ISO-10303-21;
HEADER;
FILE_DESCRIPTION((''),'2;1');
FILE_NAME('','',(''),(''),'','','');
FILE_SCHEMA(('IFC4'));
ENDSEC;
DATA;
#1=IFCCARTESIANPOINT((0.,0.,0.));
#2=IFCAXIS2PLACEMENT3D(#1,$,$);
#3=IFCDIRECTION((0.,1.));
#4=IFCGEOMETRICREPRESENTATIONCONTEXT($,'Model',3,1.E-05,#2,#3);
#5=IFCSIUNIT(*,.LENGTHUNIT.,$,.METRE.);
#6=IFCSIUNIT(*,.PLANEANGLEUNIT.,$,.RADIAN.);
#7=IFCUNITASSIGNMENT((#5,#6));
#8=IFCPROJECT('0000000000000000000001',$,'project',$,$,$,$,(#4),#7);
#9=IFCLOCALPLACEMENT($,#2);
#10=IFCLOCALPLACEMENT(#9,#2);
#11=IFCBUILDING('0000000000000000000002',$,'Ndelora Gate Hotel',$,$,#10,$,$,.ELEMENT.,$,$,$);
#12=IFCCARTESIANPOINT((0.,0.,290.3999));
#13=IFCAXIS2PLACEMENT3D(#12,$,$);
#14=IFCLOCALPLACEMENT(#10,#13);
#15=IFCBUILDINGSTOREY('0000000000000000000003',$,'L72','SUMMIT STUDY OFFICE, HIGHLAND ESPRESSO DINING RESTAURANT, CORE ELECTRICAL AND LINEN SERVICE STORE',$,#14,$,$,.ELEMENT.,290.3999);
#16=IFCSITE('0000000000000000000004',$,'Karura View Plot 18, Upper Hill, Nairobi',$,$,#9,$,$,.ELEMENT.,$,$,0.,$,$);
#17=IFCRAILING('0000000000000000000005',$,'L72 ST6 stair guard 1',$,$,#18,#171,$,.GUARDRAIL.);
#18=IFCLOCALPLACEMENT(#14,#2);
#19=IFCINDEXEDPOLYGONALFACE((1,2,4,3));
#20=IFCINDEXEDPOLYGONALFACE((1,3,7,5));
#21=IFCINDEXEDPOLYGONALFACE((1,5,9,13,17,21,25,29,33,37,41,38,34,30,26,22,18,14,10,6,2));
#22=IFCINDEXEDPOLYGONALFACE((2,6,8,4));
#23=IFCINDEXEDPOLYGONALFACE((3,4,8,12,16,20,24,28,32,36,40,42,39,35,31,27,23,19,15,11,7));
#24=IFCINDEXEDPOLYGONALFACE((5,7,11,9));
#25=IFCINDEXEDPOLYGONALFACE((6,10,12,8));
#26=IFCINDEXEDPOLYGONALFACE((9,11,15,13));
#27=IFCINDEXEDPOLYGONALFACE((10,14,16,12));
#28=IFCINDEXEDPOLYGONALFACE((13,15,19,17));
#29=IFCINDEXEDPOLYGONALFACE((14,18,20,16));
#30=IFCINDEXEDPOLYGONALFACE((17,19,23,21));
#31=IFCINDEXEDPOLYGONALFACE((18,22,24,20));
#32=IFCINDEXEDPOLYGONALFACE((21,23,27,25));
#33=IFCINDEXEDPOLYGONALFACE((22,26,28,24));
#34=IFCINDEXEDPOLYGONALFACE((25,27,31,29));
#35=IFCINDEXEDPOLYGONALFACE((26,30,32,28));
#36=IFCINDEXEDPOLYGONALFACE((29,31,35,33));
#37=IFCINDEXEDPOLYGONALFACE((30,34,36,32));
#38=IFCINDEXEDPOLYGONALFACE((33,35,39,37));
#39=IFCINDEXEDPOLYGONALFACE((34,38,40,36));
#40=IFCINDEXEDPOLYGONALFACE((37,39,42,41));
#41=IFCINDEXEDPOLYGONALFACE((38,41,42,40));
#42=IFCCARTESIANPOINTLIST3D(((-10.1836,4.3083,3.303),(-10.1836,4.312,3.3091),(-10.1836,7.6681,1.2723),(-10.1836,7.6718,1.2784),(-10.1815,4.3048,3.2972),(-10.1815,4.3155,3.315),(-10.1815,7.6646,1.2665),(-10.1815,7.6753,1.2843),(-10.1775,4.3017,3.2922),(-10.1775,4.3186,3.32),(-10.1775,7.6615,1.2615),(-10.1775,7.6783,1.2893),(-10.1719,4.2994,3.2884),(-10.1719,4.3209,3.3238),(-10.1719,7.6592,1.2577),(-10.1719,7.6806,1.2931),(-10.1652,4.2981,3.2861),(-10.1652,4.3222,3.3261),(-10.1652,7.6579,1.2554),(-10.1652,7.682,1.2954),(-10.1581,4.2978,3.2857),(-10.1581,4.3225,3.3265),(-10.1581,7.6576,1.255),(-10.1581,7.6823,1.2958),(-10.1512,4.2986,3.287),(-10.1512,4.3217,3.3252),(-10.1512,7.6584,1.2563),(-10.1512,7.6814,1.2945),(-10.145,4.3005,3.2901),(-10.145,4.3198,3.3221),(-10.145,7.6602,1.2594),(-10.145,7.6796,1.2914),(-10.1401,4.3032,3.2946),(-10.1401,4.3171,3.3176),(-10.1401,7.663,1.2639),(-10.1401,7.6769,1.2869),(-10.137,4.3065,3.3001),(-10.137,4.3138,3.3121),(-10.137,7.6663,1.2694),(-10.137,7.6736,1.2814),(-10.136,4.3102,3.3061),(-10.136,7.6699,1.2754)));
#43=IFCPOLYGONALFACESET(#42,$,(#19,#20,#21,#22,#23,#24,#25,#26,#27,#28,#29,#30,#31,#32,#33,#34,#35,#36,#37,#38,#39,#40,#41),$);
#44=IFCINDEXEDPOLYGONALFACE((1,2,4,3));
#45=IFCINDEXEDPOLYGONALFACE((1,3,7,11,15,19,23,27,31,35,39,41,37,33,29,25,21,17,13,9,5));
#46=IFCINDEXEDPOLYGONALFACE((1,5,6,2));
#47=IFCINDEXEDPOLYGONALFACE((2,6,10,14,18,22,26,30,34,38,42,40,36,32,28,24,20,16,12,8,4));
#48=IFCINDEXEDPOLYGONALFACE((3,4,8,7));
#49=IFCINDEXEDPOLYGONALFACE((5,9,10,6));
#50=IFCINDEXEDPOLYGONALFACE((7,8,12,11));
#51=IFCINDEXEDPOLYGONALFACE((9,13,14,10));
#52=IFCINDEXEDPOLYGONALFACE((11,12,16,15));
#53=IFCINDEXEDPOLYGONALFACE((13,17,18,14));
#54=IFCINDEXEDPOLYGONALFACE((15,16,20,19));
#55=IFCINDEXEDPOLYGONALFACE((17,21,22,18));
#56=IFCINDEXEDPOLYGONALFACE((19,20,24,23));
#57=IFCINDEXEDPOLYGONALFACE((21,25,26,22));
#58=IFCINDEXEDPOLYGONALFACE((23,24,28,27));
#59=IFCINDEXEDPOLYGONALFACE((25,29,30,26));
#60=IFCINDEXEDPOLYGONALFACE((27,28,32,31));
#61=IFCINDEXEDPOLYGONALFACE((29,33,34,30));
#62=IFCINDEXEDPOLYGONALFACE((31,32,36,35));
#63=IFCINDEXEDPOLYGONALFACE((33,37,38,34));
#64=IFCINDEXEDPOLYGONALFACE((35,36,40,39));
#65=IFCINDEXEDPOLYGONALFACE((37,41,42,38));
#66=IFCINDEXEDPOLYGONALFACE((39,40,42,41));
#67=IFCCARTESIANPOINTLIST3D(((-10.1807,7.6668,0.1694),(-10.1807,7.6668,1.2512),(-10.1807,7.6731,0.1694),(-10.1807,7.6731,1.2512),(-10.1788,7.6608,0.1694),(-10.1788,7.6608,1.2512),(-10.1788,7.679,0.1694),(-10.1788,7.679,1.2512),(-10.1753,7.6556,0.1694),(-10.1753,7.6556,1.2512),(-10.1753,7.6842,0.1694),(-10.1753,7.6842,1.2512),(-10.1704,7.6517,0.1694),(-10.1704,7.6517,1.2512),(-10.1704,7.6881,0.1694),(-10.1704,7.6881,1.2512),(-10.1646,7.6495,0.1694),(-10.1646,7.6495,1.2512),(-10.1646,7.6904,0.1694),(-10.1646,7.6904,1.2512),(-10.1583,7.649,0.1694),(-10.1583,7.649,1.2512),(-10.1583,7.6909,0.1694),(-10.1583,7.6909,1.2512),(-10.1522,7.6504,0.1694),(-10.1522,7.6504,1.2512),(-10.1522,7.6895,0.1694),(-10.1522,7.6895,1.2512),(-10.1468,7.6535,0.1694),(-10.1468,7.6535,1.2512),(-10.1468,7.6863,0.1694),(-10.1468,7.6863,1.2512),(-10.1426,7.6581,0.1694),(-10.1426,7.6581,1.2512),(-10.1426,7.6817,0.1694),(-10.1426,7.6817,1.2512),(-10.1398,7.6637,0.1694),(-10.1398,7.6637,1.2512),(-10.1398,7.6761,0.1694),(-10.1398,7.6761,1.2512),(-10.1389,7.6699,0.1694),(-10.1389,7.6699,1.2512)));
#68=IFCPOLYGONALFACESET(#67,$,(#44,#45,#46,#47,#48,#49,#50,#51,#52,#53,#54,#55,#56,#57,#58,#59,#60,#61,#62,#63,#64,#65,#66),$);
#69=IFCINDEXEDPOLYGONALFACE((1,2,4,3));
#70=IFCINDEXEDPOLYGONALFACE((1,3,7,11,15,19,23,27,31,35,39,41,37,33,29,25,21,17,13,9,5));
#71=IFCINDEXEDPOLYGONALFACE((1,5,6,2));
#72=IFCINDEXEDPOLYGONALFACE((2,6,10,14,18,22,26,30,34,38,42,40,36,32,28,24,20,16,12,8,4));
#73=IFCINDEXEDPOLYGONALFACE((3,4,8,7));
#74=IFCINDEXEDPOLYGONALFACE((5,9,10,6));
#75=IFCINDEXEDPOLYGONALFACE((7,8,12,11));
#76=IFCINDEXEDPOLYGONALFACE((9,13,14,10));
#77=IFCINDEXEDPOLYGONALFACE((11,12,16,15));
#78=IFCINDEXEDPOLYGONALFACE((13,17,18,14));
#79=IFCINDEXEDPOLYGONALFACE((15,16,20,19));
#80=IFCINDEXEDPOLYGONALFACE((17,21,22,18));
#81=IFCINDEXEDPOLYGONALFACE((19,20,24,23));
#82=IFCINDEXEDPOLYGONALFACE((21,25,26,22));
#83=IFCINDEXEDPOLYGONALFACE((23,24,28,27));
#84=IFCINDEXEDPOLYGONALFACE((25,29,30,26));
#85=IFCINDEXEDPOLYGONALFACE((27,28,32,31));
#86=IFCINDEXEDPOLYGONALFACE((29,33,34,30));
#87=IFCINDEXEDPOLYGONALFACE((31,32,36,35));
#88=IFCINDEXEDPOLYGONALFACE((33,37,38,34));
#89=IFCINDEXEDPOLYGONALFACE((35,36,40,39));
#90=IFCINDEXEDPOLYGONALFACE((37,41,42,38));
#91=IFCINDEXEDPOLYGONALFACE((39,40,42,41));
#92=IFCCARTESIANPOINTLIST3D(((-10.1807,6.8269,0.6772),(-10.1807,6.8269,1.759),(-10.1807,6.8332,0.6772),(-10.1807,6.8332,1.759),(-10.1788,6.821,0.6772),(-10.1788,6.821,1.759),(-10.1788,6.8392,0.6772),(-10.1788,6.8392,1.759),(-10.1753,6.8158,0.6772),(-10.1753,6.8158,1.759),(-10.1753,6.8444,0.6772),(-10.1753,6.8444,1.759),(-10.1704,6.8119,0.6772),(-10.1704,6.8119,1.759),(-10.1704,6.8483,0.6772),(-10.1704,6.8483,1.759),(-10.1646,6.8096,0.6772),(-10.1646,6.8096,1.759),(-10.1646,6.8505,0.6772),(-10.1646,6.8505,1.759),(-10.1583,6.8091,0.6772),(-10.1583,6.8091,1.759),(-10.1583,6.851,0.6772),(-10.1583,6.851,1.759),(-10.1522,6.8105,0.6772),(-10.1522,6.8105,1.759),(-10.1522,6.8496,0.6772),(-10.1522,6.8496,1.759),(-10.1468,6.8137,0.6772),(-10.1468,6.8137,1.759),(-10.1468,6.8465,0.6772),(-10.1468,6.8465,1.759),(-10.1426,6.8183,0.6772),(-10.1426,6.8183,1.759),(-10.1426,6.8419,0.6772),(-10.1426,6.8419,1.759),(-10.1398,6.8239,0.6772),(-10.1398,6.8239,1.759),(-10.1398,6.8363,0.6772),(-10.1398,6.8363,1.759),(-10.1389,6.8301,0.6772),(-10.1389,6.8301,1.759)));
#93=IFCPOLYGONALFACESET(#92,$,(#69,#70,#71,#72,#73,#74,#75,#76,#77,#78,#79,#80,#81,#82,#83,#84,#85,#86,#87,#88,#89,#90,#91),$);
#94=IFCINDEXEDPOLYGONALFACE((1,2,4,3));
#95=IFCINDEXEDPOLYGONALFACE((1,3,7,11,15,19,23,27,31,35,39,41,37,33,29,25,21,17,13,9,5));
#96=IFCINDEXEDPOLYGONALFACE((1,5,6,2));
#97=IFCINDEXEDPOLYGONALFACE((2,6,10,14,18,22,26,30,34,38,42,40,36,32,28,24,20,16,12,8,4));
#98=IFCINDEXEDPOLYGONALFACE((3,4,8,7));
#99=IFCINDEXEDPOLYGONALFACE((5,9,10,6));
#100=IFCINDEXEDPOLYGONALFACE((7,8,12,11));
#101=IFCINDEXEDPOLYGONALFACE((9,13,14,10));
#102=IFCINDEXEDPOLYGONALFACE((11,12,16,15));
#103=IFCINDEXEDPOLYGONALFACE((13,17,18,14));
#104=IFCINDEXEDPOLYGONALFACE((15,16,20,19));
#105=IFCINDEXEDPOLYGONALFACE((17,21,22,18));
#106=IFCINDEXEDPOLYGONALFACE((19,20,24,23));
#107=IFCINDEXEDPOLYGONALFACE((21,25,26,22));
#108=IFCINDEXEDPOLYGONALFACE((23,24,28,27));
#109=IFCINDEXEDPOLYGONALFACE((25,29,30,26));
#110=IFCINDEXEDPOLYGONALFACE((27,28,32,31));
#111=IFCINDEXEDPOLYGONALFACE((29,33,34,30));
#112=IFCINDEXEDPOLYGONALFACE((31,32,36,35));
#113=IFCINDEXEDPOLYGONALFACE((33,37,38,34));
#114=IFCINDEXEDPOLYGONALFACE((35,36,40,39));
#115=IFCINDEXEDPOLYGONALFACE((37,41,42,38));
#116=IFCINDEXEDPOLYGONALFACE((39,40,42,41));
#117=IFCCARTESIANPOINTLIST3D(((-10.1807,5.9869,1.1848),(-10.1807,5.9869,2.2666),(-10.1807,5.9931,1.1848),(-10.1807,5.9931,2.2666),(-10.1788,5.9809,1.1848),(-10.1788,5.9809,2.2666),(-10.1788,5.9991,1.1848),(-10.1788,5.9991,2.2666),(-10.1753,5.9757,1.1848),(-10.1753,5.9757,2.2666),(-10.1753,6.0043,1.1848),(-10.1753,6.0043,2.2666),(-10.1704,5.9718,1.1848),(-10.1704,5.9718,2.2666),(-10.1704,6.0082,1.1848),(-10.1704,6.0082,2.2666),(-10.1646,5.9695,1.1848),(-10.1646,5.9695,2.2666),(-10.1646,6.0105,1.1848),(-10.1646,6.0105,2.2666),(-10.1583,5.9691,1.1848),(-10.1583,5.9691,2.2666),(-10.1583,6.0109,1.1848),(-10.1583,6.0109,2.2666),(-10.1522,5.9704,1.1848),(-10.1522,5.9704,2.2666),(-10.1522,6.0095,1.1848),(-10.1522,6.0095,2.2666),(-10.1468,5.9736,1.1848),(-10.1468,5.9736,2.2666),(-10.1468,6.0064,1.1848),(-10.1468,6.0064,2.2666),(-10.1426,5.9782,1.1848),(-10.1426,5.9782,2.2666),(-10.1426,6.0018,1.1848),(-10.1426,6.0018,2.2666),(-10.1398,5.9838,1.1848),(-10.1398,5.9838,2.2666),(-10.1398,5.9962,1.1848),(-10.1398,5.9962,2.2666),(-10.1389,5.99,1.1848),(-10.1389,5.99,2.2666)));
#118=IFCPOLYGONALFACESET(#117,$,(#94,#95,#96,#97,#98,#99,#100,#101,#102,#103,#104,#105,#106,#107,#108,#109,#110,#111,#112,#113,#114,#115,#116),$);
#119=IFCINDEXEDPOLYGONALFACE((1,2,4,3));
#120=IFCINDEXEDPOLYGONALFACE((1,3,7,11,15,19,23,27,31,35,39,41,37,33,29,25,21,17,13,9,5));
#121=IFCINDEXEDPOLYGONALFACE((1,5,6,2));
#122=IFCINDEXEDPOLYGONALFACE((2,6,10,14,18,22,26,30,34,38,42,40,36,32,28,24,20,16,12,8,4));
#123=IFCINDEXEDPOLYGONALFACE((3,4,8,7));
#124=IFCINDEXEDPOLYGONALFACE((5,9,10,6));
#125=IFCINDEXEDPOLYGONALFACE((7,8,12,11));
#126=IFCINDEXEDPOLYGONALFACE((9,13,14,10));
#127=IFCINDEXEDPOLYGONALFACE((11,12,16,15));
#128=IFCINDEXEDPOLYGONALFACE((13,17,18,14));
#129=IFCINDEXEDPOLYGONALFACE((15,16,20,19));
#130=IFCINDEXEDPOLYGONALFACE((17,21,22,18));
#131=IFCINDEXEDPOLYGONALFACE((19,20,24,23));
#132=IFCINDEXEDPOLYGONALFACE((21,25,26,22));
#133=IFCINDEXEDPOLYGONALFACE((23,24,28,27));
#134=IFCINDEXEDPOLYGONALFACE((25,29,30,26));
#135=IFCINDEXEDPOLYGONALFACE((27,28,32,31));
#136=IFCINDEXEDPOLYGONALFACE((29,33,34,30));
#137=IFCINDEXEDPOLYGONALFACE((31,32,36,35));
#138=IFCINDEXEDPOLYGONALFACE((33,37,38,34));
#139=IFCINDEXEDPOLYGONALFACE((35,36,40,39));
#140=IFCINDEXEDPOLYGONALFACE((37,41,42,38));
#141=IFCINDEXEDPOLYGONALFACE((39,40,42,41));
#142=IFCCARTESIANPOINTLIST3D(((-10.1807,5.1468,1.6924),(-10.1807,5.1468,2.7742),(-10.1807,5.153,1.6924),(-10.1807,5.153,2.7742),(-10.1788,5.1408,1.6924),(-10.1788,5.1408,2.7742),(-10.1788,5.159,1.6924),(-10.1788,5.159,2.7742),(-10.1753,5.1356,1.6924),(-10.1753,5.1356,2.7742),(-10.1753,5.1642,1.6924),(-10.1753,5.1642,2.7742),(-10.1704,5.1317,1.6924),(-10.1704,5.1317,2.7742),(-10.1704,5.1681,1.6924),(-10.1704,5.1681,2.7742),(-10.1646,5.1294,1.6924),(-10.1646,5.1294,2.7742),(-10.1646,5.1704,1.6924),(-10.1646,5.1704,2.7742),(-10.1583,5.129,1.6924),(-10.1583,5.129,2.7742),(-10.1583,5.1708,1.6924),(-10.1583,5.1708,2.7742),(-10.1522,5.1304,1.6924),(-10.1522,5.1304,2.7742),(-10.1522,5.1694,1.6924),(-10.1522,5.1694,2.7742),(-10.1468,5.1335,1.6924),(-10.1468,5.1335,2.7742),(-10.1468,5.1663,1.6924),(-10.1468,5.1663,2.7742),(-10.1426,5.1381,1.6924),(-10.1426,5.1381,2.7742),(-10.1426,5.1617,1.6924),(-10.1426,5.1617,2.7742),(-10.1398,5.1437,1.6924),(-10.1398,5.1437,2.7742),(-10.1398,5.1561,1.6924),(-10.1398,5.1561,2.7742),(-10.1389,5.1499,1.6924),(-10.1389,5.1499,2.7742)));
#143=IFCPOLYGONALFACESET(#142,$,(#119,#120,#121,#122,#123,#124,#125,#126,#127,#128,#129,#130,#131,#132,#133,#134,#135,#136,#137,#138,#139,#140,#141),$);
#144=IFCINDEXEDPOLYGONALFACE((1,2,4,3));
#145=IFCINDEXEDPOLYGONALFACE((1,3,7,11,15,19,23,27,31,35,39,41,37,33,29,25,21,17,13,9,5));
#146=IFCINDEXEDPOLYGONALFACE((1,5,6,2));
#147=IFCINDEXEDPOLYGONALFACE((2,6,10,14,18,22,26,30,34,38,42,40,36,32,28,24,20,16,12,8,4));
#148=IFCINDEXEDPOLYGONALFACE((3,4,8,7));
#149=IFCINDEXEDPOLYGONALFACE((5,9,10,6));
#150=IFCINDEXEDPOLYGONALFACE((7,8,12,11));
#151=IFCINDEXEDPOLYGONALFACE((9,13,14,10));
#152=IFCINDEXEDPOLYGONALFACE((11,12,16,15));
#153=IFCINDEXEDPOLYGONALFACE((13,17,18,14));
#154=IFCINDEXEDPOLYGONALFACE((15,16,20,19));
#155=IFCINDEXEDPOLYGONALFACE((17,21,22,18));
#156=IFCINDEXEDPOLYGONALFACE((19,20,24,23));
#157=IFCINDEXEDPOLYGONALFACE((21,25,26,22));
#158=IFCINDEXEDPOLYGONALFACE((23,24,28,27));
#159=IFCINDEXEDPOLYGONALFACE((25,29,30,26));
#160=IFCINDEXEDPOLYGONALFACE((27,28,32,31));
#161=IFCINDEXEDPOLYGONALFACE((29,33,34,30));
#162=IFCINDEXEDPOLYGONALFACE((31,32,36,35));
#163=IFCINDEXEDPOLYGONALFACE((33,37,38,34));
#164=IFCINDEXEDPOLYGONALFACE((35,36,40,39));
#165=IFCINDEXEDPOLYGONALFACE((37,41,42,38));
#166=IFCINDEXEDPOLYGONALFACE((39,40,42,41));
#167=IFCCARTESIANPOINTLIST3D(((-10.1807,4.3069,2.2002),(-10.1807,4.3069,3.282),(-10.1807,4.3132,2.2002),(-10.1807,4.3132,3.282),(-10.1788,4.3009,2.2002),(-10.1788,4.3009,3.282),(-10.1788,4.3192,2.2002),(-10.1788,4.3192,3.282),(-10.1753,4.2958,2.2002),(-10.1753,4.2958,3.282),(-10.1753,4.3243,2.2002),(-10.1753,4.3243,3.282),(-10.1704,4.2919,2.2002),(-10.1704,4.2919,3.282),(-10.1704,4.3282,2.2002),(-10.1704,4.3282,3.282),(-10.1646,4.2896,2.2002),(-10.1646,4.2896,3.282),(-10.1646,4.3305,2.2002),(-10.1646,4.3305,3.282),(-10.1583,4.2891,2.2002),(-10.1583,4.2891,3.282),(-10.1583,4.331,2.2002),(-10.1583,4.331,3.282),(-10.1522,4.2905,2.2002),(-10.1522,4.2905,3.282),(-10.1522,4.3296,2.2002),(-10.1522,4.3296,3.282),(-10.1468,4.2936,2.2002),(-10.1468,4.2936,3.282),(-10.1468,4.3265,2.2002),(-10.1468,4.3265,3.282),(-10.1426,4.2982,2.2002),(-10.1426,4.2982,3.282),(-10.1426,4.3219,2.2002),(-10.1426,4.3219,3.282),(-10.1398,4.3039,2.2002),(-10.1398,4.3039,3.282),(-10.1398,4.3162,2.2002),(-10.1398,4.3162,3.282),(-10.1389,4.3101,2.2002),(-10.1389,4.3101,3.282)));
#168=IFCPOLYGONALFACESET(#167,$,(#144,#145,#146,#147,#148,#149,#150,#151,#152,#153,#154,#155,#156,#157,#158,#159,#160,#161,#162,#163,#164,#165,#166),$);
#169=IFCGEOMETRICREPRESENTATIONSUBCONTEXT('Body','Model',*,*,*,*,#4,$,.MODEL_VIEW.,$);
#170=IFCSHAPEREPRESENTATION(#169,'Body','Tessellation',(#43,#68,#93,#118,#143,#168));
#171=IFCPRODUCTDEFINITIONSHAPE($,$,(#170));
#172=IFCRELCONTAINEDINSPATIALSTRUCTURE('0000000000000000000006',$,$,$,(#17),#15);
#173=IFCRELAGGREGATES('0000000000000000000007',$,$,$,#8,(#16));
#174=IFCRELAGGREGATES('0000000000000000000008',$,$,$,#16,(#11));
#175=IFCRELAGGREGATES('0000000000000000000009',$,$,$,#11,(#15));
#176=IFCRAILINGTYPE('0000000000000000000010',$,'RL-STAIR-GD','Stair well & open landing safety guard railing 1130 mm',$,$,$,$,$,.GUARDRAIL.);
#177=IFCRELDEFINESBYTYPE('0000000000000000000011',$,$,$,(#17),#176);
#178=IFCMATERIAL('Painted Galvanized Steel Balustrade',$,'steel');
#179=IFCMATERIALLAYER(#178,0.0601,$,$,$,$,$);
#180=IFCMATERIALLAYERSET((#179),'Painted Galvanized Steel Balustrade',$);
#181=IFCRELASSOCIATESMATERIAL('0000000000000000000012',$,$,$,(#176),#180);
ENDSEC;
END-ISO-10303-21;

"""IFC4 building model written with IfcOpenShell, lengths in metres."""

from ifc_helpers import new_model, si_unit, direction, frame, origin, origin_2d, place, context, subcontext, project, spatial, circle, extrude, material, layer, layer_set, type_object, element, save


model = new_model("IFC4")

# Units and contexts
model_context = context("Model", 3, precision=1e-05, world=origin(), true_north=direction((0.0, 1.0)))
body_context = subcontext(model_context, "Body", "Model", "MODEL_VIEW")
ifc_project = project(units=[si_unit("LENGTHUNIT", "METRE"), si_unit("PLANEANGLEUNIT", "RADIAN")], contexts=[model_context])

# Site, building, storey
site_placement = place(None, origin())
site = spatial("IfcSite", under=ifc_project, at=site_placement, Name="Karura View Plot 18, Upper Hill, Nairobi", CompositionType="ELEMENT", RefElevation=0.0)
building_placement = place(site_placement, origin())
building = spatial("IfcBuilding", under=site, at=building_placement, Name="Ndelora Gate Hotel", CompositionType="ELEMENT")
storey_placement = place(building_placement, frame((0.0, 0.0, 290.3999)))
storey = spatial("IfcBuildingStorey", under=building, at=storey_placement, Name="L72", Description="SUMMIT STUDY OFFICE, HIGHLAND ESPRESSO DINING RESTAURANT, CORE ELECTRICAL AND LINEN SERVICE STORE", CompositionType="ELEMENT", Elevation=290.3999)

# Railing
ifc_material_1 = material(Name="Painted Galvanized Steel Balustrade", Category="steel")
ifc_layer_1 = layer(ifc_material_1, 0.0601)
ifc_layer_set_1 = layer_set([ifc_layer_1], Name="Painted Galvanized Steel Balustrade")
railing_type_1 = type_object("IfcRailingType", Name="RL-STAIR-GD", Description="Stair well & open landing safety guard railing 1130 mm", PredefinedType="GUARDRAIL", material=ifc_layer_set_1)
railing_1_placement = place(storey_placement, frame((-10.1599, 7.6699, 0.1694)))
element("IfcRailing", 1, at=railing_1_placement, inside=storey, type_object=railing_type_1, Name="L72 ST6 stair guard 1", PredefinedType="GUARDRAIL", context=body_context, shape_type="SweptSolid", body=[
    extrude(circle(Radius=0.0239, at=origin_2d()), frame((0.0, 0.0, 1.106), z_axis=(0.0, -0.85582, 0.517273), x_axis=(1.0, 0.0, 0.0)), (0.0, 0.0, 1.0), 3.9258),
    extrude(circle(Radius=0.021, at=origin_2d()), origin(), (0.0, 0.0, 1.0), 1.0818),
    extrude(circle(Radius=0.021, at=origin_2d()), frame((0.0, -0.8398, 0.5078)), (0.0, 0.0, 1.0), 1.0818),
    extrude(circle(Radius=0.021, at=origin_2d()), frame((0.0, -1.6799, 1.0154)), (0.0, 0.0, 1.0), 1.0818),
    extrude(circle(Radius=0.021, at=origin_2d()), frame((0.0, -2.52, 1.5229)), (0.0, 0.0, 1.0), 1.0818),
    extrude(circle(Radius=0.021, at=origin_2d()), frame((0.0, -3.3599, 2.0308)), (0.0, 0.0, 1.0), 1.0818),
])

save(model, "model.ifc")
